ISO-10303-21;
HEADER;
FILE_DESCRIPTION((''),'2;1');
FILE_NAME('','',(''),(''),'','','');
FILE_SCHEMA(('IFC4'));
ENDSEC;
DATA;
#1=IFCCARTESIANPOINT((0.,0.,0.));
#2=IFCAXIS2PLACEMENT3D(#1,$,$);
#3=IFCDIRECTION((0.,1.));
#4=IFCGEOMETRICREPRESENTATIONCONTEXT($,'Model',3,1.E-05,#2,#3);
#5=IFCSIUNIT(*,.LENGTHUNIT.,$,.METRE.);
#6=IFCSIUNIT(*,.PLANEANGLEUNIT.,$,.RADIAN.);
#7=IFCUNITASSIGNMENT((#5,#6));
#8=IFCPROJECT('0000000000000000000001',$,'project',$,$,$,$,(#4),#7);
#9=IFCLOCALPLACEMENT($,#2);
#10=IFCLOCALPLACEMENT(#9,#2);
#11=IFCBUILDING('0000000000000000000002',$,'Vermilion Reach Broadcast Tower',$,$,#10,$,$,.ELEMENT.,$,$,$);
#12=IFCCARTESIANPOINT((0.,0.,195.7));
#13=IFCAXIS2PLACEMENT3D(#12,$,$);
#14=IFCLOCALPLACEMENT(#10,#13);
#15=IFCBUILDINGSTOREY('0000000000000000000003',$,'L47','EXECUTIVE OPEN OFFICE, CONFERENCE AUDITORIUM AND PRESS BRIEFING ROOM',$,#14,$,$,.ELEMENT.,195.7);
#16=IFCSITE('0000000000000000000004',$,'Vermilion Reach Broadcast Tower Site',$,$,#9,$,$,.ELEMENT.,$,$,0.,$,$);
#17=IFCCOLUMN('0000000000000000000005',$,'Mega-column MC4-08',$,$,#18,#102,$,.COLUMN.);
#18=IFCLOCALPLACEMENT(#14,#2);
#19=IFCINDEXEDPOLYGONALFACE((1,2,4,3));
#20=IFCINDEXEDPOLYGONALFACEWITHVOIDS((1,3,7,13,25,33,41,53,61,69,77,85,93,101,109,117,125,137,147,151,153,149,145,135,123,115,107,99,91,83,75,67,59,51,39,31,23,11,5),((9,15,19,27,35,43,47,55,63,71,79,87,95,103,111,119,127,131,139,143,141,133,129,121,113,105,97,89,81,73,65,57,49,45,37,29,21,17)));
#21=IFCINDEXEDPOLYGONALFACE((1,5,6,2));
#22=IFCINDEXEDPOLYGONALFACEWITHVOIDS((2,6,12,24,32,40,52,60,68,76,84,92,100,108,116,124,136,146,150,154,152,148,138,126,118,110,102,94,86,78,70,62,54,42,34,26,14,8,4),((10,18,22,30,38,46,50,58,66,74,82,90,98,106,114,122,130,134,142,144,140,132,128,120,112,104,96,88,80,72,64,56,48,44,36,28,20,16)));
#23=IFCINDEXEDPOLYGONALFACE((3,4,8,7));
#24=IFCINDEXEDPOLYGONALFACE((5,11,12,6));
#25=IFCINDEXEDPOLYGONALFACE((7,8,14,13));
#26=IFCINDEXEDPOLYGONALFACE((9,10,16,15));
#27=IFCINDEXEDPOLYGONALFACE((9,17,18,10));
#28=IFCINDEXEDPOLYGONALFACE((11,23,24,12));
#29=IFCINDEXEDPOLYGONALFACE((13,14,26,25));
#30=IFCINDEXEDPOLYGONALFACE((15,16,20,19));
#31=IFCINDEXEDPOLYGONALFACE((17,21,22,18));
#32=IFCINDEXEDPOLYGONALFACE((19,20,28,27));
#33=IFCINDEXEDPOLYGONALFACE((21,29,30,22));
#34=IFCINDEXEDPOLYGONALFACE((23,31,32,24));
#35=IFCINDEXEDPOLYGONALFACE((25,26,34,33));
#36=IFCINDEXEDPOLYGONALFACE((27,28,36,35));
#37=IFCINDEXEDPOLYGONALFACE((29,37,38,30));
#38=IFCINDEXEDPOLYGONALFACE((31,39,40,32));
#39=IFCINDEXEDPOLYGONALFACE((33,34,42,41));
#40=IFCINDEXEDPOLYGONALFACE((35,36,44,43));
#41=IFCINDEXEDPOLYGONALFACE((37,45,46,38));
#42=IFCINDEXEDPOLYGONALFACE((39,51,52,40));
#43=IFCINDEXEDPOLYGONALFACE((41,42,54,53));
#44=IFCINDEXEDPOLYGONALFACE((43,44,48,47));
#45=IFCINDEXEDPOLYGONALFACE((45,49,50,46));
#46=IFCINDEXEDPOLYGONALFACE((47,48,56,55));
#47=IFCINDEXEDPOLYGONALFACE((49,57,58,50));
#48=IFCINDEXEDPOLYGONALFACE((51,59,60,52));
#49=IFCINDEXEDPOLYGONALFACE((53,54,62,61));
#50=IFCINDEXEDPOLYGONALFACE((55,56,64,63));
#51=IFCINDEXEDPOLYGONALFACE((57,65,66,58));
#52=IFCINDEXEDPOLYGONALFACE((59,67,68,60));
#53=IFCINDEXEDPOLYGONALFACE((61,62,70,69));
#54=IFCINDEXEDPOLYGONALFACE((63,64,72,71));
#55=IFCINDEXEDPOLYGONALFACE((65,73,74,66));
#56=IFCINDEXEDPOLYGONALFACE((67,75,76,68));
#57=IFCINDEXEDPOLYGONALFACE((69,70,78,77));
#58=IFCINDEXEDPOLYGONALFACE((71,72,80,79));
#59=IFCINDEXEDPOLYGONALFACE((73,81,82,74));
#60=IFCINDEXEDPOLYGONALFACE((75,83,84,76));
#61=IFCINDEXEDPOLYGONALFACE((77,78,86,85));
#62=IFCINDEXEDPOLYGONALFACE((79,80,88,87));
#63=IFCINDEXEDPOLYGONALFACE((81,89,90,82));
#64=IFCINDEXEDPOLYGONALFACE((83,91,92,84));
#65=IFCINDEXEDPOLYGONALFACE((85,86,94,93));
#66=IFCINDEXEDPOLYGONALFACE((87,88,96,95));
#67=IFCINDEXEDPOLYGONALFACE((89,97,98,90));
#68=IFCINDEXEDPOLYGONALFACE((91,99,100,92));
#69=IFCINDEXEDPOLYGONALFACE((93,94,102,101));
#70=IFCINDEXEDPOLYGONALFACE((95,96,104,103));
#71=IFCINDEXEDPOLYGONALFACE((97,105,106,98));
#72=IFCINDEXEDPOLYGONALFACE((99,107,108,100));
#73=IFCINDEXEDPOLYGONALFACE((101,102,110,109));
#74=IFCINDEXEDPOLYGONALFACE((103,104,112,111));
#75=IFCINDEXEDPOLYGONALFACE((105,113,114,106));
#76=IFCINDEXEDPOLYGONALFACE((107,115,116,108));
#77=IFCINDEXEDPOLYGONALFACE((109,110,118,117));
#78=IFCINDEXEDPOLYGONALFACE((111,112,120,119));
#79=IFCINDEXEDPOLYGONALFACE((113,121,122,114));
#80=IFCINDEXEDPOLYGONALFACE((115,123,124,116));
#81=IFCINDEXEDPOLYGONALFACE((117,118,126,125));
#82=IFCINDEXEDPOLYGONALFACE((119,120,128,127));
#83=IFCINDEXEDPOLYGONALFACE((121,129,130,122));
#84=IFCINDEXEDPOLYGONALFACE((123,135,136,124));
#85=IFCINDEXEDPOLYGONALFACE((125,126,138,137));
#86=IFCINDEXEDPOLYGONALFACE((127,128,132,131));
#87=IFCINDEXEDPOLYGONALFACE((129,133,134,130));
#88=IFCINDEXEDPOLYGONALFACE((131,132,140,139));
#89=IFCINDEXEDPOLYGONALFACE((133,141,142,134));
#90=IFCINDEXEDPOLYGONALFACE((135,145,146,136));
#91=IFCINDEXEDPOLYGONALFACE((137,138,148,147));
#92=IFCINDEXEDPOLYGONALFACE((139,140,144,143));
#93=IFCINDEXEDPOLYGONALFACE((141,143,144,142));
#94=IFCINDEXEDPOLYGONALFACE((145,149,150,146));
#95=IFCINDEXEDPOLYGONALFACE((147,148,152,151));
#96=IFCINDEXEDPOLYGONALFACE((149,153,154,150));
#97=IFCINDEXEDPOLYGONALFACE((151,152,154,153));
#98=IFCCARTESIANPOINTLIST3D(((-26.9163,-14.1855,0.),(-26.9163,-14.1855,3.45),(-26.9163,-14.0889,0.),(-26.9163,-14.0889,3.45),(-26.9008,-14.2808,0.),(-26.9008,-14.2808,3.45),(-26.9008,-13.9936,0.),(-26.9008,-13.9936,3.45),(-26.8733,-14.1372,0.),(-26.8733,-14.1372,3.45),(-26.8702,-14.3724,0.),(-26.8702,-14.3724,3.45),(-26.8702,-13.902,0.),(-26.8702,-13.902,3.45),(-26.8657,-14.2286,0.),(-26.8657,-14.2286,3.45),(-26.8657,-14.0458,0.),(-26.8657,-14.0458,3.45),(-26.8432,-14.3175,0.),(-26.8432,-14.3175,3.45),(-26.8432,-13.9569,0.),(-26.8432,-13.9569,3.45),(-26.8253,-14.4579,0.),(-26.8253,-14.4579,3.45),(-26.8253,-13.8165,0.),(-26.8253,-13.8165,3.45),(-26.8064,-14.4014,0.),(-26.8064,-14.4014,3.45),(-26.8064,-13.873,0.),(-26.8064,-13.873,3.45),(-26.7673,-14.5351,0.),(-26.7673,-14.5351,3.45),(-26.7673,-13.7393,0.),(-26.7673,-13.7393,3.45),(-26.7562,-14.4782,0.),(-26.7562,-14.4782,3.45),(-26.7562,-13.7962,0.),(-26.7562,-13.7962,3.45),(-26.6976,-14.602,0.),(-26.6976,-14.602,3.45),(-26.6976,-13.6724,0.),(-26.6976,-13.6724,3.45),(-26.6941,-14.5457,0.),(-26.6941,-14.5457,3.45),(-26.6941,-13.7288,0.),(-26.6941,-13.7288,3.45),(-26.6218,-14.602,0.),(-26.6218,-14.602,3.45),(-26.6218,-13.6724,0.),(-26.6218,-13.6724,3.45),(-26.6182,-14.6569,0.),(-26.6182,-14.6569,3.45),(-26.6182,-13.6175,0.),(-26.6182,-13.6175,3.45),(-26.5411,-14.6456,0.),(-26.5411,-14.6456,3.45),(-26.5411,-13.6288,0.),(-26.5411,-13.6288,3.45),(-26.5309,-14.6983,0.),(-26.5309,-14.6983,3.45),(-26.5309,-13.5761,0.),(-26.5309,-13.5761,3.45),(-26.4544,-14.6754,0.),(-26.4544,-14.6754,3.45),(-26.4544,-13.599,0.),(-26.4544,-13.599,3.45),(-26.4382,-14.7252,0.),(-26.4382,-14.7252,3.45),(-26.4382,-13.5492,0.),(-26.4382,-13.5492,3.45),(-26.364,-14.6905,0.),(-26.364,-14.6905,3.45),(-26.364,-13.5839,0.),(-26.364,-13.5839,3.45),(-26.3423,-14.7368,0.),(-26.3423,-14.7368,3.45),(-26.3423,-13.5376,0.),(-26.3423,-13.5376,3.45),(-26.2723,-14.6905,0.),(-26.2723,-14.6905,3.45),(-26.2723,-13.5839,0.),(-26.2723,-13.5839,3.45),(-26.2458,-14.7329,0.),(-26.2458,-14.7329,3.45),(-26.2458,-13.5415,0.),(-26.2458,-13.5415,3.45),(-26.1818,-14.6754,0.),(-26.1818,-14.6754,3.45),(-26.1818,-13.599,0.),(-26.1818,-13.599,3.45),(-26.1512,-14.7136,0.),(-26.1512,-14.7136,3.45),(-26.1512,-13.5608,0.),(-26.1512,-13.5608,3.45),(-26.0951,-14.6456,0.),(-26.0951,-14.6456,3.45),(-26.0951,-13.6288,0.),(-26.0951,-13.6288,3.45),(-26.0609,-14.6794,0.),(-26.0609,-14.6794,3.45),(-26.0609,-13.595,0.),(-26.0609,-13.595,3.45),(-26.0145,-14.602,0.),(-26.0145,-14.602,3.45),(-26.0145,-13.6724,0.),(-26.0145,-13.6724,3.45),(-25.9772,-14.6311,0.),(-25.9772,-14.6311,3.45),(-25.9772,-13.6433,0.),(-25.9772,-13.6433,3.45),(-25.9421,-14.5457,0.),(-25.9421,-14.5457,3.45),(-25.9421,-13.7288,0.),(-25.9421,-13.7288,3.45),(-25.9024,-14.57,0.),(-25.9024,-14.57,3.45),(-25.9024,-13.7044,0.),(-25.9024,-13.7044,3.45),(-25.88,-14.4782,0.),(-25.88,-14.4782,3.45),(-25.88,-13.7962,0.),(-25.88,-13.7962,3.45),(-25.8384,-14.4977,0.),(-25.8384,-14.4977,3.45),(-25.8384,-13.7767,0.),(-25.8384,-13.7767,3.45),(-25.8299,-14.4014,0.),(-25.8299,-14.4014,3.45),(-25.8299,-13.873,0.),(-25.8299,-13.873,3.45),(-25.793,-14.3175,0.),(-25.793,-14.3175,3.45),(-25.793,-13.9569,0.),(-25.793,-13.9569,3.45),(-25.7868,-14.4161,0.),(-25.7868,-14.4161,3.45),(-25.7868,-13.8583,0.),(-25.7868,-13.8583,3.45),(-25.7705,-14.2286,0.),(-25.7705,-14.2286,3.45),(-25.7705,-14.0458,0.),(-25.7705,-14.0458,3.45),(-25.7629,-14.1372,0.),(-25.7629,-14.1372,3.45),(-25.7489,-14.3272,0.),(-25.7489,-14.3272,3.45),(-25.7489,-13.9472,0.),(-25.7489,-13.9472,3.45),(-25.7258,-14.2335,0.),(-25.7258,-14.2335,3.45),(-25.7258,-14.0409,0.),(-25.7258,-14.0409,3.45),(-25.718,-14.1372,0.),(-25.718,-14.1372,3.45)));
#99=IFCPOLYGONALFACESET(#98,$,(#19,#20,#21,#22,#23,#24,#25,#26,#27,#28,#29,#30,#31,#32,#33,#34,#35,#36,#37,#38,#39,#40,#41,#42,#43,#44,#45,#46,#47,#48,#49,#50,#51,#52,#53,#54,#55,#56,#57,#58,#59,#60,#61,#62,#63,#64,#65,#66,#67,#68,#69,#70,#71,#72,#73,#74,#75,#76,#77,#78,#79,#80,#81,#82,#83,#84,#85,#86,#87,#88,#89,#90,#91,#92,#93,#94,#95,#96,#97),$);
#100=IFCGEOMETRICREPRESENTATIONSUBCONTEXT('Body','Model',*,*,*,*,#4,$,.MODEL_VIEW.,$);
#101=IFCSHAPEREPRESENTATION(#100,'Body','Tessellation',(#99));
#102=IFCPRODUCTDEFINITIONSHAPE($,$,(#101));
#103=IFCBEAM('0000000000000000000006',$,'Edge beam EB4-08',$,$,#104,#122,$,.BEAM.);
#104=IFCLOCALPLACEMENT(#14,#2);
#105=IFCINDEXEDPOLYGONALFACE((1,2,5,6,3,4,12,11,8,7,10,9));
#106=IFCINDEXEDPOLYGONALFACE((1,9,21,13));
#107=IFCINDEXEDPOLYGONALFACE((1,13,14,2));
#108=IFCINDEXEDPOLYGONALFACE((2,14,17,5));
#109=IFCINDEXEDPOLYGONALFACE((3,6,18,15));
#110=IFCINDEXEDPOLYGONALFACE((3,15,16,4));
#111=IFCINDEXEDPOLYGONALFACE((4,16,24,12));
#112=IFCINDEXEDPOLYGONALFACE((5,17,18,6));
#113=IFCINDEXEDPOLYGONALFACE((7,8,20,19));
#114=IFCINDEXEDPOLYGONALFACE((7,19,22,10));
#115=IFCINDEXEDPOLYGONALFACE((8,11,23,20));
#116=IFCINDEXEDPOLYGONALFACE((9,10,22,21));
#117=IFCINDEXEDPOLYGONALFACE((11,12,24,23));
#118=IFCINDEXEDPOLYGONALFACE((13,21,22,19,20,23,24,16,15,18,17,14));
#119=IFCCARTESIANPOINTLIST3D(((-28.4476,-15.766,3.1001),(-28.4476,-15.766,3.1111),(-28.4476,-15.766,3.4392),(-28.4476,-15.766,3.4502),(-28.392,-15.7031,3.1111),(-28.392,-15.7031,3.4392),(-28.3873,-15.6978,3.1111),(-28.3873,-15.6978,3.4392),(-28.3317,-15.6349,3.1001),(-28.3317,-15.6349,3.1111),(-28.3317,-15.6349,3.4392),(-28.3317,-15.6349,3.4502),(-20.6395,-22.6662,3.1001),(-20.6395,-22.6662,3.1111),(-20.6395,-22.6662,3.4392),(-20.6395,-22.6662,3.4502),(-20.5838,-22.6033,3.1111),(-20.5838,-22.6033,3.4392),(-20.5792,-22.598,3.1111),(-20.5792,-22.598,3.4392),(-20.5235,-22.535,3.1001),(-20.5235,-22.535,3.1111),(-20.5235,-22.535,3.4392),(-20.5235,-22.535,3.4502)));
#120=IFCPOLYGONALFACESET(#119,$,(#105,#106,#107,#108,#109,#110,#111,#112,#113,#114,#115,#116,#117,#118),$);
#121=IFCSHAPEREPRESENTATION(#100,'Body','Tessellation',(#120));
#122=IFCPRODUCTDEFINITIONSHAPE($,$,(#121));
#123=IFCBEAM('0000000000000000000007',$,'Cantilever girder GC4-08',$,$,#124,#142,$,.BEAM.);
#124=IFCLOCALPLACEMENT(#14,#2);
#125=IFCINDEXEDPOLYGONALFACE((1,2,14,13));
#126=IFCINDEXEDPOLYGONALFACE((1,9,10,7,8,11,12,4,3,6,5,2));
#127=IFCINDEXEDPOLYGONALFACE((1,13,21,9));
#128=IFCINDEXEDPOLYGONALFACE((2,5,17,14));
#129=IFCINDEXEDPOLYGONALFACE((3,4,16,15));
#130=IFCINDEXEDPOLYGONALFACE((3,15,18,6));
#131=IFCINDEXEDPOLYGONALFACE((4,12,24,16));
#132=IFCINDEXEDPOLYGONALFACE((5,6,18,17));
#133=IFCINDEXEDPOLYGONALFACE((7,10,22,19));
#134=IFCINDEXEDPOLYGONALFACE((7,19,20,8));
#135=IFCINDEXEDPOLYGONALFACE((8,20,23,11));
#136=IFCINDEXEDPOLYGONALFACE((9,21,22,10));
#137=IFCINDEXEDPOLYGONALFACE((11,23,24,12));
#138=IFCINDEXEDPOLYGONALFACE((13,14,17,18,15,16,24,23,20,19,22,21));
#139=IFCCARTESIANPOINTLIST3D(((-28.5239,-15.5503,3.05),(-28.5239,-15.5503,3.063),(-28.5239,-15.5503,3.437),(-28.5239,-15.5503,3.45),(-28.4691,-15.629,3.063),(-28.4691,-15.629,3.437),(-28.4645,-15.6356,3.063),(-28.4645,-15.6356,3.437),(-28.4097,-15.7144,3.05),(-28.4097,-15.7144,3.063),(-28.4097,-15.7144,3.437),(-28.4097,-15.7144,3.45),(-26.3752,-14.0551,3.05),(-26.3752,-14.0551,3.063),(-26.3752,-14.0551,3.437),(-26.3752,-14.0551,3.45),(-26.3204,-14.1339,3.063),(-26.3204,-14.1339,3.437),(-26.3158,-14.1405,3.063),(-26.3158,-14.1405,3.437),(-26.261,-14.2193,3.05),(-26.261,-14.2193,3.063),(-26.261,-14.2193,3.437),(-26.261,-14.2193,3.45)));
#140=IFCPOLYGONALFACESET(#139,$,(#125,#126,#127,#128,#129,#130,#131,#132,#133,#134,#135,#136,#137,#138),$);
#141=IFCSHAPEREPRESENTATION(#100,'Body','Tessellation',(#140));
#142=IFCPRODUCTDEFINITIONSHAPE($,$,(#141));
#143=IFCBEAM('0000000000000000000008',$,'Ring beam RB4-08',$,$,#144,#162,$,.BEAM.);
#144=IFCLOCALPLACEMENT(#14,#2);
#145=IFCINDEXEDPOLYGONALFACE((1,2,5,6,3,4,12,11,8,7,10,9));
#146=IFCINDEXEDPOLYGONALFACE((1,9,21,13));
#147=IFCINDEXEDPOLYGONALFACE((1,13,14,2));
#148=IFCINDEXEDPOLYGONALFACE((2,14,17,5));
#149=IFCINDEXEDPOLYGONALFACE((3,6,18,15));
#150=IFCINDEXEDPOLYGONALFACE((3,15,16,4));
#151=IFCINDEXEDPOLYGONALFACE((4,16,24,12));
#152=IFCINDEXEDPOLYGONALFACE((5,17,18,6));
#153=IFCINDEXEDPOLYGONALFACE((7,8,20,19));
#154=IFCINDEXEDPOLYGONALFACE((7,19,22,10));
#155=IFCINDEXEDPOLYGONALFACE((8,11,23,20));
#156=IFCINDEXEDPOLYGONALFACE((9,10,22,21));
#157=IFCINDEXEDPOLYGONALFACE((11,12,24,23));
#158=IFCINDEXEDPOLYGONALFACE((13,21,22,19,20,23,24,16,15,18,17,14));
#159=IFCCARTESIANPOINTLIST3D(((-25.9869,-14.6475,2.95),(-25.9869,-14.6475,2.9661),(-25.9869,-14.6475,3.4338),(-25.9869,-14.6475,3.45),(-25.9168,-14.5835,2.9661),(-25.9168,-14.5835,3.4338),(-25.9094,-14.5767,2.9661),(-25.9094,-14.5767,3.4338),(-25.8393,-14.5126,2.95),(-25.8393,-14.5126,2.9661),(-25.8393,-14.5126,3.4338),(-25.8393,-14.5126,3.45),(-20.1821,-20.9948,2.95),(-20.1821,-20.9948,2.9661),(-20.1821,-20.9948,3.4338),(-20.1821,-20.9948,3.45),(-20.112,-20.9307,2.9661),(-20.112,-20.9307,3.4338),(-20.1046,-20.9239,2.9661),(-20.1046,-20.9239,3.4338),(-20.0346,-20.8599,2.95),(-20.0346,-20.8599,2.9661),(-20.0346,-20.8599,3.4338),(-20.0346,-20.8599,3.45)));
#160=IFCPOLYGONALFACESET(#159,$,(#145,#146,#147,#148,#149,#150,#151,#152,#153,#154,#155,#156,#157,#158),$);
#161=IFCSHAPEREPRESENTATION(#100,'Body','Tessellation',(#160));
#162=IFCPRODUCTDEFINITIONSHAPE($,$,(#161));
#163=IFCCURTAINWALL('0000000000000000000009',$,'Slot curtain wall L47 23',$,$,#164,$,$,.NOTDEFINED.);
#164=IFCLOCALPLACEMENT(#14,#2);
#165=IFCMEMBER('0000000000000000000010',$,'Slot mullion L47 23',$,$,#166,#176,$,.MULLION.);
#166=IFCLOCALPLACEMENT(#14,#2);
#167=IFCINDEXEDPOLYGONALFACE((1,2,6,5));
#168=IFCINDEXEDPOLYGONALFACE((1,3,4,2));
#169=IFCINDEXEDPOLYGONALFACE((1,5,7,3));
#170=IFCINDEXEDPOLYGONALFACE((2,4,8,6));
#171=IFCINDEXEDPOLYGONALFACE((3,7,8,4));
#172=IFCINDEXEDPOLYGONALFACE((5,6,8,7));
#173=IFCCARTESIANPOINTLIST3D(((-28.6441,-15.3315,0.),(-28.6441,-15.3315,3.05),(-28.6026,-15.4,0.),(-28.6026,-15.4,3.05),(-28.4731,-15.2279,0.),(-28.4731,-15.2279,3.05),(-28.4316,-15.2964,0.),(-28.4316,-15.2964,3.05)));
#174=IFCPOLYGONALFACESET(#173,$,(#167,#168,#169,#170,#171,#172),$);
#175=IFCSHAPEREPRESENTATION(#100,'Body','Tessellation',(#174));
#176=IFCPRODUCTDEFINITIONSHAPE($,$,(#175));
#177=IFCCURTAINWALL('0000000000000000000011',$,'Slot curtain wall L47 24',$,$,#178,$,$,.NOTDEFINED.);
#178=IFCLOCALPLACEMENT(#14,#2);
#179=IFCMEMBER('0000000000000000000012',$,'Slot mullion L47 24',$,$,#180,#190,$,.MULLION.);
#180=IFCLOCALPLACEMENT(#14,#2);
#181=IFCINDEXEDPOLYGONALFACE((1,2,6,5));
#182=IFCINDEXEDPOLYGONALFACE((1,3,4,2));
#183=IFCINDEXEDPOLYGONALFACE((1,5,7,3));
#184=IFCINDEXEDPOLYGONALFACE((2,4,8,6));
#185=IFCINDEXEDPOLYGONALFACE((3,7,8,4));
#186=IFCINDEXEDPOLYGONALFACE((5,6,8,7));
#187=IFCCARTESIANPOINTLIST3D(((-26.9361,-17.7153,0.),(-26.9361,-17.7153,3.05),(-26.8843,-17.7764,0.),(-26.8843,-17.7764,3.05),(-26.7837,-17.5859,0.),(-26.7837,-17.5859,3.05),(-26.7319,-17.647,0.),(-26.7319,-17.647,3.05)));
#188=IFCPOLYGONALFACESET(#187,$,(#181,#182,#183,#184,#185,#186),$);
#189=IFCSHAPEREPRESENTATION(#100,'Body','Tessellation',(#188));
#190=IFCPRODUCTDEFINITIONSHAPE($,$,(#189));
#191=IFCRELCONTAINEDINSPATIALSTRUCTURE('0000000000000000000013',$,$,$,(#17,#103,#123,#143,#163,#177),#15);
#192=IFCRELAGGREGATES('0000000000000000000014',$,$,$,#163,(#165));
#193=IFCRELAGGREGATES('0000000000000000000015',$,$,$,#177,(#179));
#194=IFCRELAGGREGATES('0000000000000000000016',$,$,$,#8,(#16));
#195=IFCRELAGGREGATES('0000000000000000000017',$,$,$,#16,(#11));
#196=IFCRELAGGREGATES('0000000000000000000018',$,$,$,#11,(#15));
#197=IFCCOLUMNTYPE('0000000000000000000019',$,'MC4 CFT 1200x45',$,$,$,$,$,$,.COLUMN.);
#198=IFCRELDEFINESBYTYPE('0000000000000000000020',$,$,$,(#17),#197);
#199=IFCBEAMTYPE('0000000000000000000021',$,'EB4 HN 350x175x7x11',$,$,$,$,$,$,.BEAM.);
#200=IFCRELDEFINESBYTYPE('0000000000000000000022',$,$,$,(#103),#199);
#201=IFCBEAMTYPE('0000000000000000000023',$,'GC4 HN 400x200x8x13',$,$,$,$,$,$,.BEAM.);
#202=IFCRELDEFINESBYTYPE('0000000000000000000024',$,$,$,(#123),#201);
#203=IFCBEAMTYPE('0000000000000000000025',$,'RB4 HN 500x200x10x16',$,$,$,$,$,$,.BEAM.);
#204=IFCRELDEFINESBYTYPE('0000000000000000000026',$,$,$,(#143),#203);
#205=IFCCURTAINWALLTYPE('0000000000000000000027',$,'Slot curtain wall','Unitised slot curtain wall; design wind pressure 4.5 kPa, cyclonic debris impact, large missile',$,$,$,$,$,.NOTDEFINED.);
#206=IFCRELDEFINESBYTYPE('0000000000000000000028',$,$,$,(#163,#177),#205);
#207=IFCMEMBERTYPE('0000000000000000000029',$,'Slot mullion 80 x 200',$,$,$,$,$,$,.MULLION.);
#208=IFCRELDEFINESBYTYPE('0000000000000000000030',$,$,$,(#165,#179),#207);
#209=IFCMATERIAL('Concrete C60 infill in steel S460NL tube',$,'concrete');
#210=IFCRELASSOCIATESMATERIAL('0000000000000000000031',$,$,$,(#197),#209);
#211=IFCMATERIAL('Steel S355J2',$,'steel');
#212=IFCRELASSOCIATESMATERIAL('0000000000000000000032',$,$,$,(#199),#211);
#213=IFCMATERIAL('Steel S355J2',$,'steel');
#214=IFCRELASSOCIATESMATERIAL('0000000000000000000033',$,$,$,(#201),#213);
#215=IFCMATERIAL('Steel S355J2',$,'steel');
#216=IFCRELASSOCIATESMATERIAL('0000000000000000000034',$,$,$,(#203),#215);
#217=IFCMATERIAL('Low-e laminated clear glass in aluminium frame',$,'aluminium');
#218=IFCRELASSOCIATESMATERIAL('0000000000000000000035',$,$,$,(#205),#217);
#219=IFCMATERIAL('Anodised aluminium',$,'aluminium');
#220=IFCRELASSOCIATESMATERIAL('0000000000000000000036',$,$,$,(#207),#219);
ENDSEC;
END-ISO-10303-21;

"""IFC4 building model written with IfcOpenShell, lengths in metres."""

from ifc_helpers import new_model, si_unit, direction, frame, origin, origin_2d, place, context, subcontext, project, spatial, rectangle, hollow_circle, i_section, extrude, material, material_profile, profile_set, type_object, element, aggregate, save


model = new_model("IFC4")

# Units and contexts
model_context = context("Model", 3, precision=1e-05, world=origin(), true_north=direction((0.0, 1.0)))
body_context = subcontext(model_context, "Body", "Model", "MODEL_VIEW")
ifc_project = project(units=[si_unit("LENGTHUNIT", "METRE"), si_unit("PLANEANGLEUNIT", "RADIAN")], contexts=[model_context])

# Site, building, storey
site_placement = place(None, origin())
site = spatial("IfcSite", under=ifc_project, at=site_placement, Name="Vermilion Reach Broadcast Tower Site", CompositionType="ELEMENT", RefElevation=0.0)
building_placement = place(site_placement, origin())
building = spatial("IfcBuilding", under=site, at=building_placement, Name="Vermilion Reach Broadcast Tower", CompositionType="ELEMENT")
storey_placement = place(building_placement, frame((0.0, 0.0, 195.7)))
storey = spatial("IfcBuildingStorey", under=building, at=storey_placement, Name="L47", Description="EXECUTIVE OPEN OFFICE, CONFERENCE AUDITORIUM AND PRESS BRIEFING ROOM", CompositionType="ELEMENT", Elevation=195.7)

# Column
ifc_material_1 = material(Name="Concrete C60 infill in steel S460NL tube", Category="concrete")
ifc_material_profile_1 = material_profile(ifc_material_1, hollow_circle(Radius=0.6001, WallThickness=0.0449, at=origin_2d()), Name="Concrete C60 infill in steel S460NL tube CFT 1200x45")
ifc_profile_set_1 = profile_set([ifc_material_profile_1], Name="Concrete C60 infill in steel S460NL tube")
column_type = type_object("IfcColumnType", Name="MC4 CFT 1200x45", PredefinedType="COLUMN", material=ifc_profile_set_1)
column_placement = place(storey_placement, frame((-26.3181, -14.1372, 0.0), z_axis=(0.0, 0.0, 1.0), x_axis=(1.0, 0.0, 0.0)))
element("IfcColumn", 1, at=column_placement, inside=storey, type_object=column_type, Name="Mega-column MC4-08", PredefinedType="COLUMN", context=body_context, shape_type="SweptSolid", body=[
    extrude(hollow_circle(Radius=0.6001, WallThickness=0.0449, at=origin_2d()), origin(), (0.0, 0.0, 1.0), 3.45),
])

# Beams
ifc_material_2 = material(Name="Steel S355J2", Category="steel")
ifc_material_profile_2 = material_profile(ifc_material_2, i_section(OverallWidth=0.175, OverallDepth=0.3501, WebThickness=0.0071, FlangeThickness=0.011, at=origin_2d()), Name="S355J2 HN 350x175x7x11")
ifc_profile_set_2 = profile_set([ifc_material_profile_2], Name="Steel S355J2")
beam_type_1 = type_object("IfcBeamType", Name="EB4 HN 350x175x7x11", PredefinedType="BEAM", material=ifc_profile_set_2)
beam_1_placement = place(storey_placement, frame((-28.3896, -15.7004, 3.2751), z_axis=(0.749331, -0.662196, 0.0), x_axis=(0.662196, 0.749331, 0.0)))
element("IfcBeam", 2, at=beam_1_placement, inside=storey, type_object=beam_type_1, Name="Edge beam EB4-08", PredefinedType="BEAM", context=body_context, shape_type="SweptSolid", body=[
    extrude(i_section(OverallWidth=0.175, OverallDepth=0.3501, WebThickness=0.0071, FlangeThickness=0.011, at=origin_2d()), origin(), (0.0, 0.0, 1.0), 10.4202),
])
ifc_material_3 = material(Name="Steel S355J2", Category="steel")
ifc_material_profile_3 = material_profile(ifc_material_3, i_section(OverallWidth=0.2, OverallDepth=0.3999, WebThickness=0.0081, FlangeThickness=0.0129, at=origin_2d()), Name="S355J2 HN 400x200x8x13")
ifc_profile_set_3 = profile_set([ifc_material_profile_3], Name="Steel S355J2")
beam_type_2 = type_object("IfcBeamType", Name="GC4 HN 400x200x8x13", PredefinedType="BEAM", material=ifc_profile_set_3)
beam_2_placement = place(storey_placement, frame((-26.3181, -14.1372, 3.25), z_axis=(-0.820837, -0.571163, 0.0), x_axis=(0.571163, -0.820837, 0.0)))
element("IfcBeam", 3, at=beam_2_placement, inside=storey, type_object=beam_type_2, Name="Cantilever girder GC4-08", PredefinedType="BEAM", context=body_context, shape_type="SweptSolid", body=[
    extrude(i_section(OverallWidth=0.2, OverallDepth=0.3999, WebThickness=0.0081, FlangeThickness=0.0129, at=origin_2d()), origin(), (0.0, 0.0, 1.0), 2.6177),
])
ifc_material_4 = material(Name="Steel S355J2", Category="steel")
ifc_material_profile_4 = material_profile(ifc_material_4, i_section(OverallWidth=0.2, OverallDepth=0.5, WebThickness=0.01, FlangeThickness=0.0161, at=origin_2d()), Name="S355J2 HN 500x200x10x16")
ifc_profile_set_4 = profile_set([ifc_material_profile_4], Name="Steel S355J2")
beam_type_3 = type_object("IfcBeamType", Name="RB4 HN 500x200x10x16", PredefinedType="BEAM", material=ifc_profile_set_4)
beam_3_placement = place(storey_placement, frame((-25.9131, -14.5801, 3.2), z_axis=(0.674868, -0.737938, 0.0), x_axis=(0.737938, 0.674868, 0.0)))
element("IfcBeam", 4, at=beam_3_placement, inside=storey, type_object=beam_type_3, Name="Ring beam RB4-08", PredefinedType="BEAM", context=body_context, shape_type="SweptSolid", body=[
    extrude(i_section(OverallWidth=0.2, OverallDepth=0.5, WebThickness=0.01, FlangeThickness=0.0161, at=origin_2d()), origin(), (0.0, 0.0, 1.0), 8.6013),
])

# Curtain walls, members
ifc_material_5 = material(Name="Low-e laminated clear glass in aluminium frame", Category="aluminium")
curtain_wall_type = type_object("IfcCurtainWallType", Name="Slot curtain wall", Description="Unitised slot curtain wall; design wind pressure 4.5 kPa, cyclonic debris impact, large missile", PredefinedType="NOTDEFINED", material=ifc_material_5)
placement = place(storey_placement, origin())
curtain_wall_1 = element("IfcCurtainWall", 5, at=placement, inside=storey, type_object=curtain_wall_type, Name="Slot curtain wall L47 23", PredefinedType="NOTDEFINED")
ifc_material_6 = material(Name="Anodised aluminium", Category="aluminium")
ifc_material_profile_5 = material_profile(ifc_material_6, rectangle(XDim=0.2, YDim=0.0801, at=origin_2d()), Name="Slot mullion 80 x 200")
ifc_profile_set_5 = profile_set([ifc_material_profile_5], Name="Anodised aluminium")
member_type_1 = type_object("IfcMemberType", Name="Slot mullion 80 x 200", PredefinedType="MULLION", material=ifc_profile_set_5)
member_1_placement = place(storey_placement, frame((-28.5378, -15.314, 0.0), z_axis=(0.0, 0.0, 1.0), x_axis=(0.855264, 0.518193, 0.0)))
member_1 = element("IfcMember", 6, at=member_1_placement, type_object=member_type_1, Name="Slot mullion L47 23", PredefinedType="MULLION", context=body_context, shape_type="SweptSolid", body=[
    extrude(rectangle(XDim=0.2, YDim=0.0801, at=origin_2d()), origin(), (0.0, 0.0, 1.0), 3.05),
])
curtain_wall_2 = element("IfcCurtainWall", 7, at=placement, inside=storey, type_object=curtain_wall_type, Name="Slot curtain wall L47 24", PredefinedType="NOTDEFINED")
member_2_placement = place(storey_placement, frame((-26.834, -17.6812, 0.0), z_axis=(0.0, 0.0, 1.0), x_axis=(0.762443, 0.647056, 0.0)))
member_2 = element("IfcMember", 8, at=member_2_placement, type_object=member_type_1, Name="Slot mullion L47 24", PredefinedType="MULLION", context=body_context, shape_type="SweptSolid", body=[
    extrude(rectangle(XDim=0.2, YDim=0.0801, at=origin_2d()), origin(), (0.0, 0.0, 1.0), 3.05),
])

aggregate(curtain_wall_1, [member_1])
aggregate(curtain_wall_2, [member_2])

save(model, "model.ifc")
